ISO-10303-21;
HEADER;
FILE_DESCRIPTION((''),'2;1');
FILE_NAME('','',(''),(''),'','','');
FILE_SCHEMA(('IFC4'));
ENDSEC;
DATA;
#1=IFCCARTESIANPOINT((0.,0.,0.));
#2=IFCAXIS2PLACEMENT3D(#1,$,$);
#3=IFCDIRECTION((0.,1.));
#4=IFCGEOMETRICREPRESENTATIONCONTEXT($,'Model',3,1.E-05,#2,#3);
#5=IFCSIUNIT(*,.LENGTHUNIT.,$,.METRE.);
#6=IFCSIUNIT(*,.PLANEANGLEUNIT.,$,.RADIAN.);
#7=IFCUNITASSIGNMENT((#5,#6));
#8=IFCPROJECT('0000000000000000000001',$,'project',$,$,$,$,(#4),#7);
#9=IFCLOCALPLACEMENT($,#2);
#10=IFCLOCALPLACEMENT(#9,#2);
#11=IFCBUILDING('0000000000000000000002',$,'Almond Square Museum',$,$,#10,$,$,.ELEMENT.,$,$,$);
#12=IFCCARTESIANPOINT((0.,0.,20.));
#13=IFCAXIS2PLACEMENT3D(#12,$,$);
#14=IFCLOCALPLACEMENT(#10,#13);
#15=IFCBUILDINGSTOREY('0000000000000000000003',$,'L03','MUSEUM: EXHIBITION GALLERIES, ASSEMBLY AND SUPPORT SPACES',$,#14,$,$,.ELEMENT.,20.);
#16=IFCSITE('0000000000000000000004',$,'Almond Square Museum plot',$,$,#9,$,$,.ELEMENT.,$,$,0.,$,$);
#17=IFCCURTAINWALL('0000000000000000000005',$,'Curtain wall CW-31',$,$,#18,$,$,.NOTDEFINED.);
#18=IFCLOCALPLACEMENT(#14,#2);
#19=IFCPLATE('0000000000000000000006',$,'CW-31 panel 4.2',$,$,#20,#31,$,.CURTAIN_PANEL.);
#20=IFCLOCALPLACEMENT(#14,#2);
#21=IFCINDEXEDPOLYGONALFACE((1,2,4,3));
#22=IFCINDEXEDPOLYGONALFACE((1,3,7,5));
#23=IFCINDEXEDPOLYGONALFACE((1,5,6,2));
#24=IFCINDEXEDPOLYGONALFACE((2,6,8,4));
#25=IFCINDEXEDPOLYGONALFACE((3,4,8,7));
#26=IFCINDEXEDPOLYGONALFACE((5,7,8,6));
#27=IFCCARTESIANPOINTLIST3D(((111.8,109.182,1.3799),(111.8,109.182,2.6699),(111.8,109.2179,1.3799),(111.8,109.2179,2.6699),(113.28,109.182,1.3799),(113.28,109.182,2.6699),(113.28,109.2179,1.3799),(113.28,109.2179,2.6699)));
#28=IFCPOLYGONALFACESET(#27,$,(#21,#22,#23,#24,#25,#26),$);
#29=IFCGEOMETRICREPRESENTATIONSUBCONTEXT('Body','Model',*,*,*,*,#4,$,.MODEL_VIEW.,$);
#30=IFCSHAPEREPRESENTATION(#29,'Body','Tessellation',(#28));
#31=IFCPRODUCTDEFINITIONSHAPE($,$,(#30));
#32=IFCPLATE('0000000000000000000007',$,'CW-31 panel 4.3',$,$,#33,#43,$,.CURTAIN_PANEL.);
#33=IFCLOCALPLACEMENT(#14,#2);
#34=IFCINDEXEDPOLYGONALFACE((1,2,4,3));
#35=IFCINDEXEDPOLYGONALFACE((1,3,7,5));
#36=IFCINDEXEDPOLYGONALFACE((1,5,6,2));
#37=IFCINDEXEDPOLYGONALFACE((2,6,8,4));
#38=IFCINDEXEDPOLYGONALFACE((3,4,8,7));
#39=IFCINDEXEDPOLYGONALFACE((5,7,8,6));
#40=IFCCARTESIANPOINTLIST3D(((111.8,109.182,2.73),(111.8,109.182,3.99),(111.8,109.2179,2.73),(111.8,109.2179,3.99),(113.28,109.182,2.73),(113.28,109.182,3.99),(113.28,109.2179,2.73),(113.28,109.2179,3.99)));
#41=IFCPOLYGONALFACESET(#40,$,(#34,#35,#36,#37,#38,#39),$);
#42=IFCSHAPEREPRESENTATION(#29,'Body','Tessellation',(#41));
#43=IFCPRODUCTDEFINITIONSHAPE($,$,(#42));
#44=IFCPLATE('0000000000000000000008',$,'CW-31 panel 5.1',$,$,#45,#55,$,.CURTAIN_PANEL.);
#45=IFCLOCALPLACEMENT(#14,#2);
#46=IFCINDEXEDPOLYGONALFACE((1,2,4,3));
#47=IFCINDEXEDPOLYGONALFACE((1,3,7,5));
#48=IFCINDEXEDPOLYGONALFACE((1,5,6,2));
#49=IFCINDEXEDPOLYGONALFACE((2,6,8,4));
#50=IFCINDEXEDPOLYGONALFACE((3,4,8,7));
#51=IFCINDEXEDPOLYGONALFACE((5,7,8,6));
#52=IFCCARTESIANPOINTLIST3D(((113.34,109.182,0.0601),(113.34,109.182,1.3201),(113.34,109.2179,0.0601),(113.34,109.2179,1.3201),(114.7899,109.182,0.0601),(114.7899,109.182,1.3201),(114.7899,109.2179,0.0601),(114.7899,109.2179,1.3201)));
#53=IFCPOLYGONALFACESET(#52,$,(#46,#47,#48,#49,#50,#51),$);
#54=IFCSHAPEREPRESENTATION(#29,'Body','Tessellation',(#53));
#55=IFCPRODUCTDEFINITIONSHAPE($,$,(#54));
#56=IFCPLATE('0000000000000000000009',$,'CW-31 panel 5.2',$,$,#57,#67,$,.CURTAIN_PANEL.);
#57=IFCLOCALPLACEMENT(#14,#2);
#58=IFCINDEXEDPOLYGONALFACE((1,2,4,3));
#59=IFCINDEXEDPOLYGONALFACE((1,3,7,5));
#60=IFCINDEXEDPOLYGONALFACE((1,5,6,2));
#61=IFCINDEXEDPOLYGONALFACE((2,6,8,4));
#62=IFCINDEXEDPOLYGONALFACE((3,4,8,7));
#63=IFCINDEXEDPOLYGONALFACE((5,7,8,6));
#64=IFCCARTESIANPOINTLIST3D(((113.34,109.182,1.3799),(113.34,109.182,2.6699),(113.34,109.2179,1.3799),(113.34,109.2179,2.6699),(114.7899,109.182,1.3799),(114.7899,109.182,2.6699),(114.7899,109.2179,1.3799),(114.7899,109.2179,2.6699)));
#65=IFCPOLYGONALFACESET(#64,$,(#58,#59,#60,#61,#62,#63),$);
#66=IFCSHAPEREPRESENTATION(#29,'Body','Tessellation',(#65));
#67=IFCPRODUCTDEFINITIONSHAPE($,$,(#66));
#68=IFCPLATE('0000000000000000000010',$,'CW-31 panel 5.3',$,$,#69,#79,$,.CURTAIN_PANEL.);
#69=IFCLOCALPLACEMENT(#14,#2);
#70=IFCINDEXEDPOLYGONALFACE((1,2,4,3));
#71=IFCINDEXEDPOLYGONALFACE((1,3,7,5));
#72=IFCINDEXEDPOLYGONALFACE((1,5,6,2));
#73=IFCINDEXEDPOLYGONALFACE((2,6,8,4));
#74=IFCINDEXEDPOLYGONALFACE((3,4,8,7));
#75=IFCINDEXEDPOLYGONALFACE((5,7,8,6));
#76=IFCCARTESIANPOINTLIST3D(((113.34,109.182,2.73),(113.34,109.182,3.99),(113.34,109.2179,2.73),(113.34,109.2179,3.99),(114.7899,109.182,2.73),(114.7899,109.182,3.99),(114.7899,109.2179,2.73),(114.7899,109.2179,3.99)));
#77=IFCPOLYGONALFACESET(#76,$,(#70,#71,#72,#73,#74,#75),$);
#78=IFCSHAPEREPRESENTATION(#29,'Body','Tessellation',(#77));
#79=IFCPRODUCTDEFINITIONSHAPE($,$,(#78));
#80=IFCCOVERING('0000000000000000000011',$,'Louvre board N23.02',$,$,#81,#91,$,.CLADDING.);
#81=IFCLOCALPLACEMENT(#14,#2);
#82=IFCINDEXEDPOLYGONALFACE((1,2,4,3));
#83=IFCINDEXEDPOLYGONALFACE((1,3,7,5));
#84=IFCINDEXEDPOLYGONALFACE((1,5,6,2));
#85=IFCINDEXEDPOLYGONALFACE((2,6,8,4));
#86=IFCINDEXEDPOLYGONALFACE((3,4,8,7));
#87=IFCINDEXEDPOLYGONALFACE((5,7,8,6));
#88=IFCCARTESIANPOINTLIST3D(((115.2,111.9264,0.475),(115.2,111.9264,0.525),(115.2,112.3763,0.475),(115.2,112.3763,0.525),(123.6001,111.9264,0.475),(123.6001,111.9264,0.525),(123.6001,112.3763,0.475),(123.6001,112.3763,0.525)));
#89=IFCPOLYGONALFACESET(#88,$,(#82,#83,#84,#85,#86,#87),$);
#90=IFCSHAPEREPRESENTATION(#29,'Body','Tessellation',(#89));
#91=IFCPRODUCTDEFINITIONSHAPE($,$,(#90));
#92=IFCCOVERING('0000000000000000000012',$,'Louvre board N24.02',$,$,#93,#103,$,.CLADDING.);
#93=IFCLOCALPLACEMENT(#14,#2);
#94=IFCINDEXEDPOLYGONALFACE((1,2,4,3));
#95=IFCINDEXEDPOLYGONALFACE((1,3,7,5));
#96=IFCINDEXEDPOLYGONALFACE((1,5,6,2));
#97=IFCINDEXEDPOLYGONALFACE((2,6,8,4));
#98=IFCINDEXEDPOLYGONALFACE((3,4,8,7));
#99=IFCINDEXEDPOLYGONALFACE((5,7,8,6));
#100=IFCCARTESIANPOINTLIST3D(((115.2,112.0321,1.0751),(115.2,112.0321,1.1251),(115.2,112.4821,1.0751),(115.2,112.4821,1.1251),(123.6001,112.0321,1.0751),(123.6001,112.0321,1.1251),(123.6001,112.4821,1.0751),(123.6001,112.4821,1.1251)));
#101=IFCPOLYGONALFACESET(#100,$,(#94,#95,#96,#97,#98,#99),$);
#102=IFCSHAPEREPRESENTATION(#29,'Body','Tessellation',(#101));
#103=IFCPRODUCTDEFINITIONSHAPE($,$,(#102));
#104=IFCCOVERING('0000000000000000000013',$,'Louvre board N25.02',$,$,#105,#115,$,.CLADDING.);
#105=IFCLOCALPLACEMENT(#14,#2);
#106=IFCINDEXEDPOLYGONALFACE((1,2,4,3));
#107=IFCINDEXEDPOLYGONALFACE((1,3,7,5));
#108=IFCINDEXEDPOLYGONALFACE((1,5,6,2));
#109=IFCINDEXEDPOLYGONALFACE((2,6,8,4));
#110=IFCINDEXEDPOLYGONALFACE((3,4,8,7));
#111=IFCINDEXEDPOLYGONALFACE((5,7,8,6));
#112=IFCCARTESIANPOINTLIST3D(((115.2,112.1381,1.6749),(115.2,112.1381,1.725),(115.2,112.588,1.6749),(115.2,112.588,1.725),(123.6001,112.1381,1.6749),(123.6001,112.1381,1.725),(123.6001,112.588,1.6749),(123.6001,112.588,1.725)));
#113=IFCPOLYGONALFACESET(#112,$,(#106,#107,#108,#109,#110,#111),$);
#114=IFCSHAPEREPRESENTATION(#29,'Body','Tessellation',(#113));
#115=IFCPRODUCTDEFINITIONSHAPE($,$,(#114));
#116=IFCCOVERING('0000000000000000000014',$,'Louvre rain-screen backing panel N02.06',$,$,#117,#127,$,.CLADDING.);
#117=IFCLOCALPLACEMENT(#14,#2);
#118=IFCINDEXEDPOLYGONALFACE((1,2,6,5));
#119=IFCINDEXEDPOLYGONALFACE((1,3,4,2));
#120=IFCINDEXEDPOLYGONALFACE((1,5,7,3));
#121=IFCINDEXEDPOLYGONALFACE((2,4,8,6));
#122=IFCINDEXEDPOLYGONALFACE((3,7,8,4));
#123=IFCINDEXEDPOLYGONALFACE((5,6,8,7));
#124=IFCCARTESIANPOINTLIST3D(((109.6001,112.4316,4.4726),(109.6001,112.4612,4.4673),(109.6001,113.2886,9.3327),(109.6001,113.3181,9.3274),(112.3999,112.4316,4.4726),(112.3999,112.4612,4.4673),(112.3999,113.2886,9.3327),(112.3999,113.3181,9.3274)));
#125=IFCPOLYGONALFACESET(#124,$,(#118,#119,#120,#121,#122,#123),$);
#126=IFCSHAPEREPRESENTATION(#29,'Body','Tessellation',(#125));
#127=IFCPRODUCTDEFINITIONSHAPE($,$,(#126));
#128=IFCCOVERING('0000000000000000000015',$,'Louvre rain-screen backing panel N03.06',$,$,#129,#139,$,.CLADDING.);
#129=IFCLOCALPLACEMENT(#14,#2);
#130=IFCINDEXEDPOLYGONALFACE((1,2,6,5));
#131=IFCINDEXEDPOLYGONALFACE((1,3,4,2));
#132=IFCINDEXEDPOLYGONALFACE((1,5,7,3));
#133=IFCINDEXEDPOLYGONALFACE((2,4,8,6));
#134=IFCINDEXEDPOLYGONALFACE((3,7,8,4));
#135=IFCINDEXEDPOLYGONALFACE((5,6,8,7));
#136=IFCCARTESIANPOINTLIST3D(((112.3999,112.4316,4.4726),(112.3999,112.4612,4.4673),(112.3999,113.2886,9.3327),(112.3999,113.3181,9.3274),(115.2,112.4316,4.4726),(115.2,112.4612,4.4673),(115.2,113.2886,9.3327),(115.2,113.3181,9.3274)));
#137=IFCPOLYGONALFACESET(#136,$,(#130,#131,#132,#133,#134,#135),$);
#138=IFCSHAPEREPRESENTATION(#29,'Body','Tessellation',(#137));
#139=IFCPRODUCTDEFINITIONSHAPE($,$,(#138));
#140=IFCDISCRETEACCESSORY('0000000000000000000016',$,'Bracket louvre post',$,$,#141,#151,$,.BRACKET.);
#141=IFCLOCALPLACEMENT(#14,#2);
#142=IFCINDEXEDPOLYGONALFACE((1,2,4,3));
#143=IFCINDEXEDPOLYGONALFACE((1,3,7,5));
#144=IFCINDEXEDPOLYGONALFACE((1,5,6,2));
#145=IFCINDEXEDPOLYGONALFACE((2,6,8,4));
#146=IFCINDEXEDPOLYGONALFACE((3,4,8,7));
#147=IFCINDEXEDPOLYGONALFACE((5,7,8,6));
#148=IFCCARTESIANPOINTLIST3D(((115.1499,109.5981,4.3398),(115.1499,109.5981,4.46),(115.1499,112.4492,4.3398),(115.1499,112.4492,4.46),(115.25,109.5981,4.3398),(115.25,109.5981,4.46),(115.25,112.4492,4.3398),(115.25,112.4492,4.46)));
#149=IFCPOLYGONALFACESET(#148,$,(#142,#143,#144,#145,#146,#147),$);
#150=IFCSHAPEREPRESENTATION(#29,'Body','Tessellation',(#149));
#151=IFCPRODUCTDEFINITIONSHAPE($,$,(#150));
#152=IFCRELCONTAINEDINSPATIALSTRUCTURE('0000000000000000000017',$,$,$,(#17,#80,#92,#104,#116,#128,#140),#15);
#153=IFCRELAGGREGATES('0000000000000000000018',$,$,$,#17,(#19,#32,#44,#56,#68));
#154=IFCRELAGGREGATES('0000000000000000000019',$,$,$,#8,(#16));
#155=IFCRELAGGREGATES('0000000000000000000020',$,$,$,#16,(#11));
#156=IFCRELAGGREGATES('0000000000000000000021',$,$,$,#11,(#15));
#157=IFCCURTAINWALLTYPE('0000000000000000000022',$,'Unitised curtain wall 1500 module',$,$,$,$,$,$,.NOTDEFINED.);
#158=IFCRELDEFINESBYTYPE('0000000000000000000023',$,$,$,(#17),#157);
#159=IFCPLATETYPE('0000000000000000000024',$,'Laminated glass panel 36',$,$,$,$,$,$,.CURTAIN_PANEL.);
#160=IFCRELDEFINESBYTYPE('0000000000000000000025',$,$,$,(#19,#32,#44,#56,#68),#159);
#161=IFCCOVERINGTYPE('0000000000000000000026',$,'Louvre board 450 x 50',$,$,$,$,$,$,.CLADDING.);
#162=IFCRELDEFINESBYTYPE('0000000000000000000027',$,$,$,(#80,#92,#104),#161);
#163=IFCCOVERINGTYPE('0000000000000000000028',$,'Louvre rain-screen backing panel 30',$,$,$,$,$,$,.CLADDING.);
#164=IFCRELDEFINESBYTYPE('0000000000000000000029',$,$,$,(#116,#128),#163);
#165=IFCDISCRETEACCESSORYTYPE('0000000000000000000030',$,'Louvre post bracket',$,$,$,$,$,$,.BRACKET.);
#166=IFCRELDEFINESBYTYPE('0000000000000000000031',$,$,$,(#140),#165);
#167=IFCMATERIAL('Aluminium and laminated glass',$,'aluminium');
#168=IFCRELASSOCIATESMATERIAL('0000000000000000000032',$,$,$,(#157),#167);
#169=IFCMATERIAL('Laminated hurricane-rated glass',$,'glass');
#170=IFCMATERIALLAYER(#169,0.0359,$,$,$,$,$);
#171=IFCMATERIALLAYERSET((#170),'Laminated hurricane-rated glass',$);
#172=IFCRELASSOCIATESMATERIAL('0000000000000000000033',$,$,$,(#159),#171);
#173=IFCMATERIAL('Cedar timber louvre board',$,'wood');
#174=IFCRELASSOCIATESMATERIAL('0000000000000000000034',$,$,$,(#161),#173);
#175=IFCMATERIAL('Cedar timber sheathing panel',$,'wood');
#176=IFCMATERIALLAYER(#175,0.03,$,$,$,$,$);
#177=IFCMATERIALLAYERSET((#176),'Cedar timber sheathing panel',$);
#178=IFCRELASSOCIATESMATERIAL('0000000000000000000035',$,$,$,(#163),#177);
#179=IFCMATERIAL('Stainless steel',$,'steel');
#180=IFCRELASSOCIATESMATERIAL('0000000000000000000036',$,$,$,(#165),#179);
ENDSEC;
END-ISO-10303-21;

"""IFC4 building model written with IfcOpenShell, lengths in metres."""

from ifc_helpers import new_model, si_unit, direction, frame, origin, origin_2d, place, context, subcontext, project, spatial, polyline, rectangle, outline, extrude, material, layer, layer_set, material_profile, profile_set, type_object, element, aggregate, save


model = new_model("IFC4")

# Units and contexts
model_context = context("Model", 3, precision=1e-05, world=origin(), true_north=direction((0.0, 1.0)))
body_context = subcontext(model_context, "Body", "Model", "MODEL_VIEW")
ifc_project = project(units=[si_unit("LENGTHUNIT", "METRE"), si_unit("PLANEANGLEUNIT", "RADIAN")], contexts=[model_context])

# Site, building, storey
site_placement = place(None, origin())
site = spatial("IfcSite", under=ifc_project, at=site_placement, Name="Almond Square Museum plot", CompositionType="ELEMENT", RefElevation=0.0)
building_placement = place(site_placement, origin())
building = spatial("IfcBuilding", under=site, at=building_placement, Name="Almond Square Museum", CompositionType="ELEMENT")
storey_placement = place(building_placement, frame((0.0, 0.0, 20.0)))
storey = spatial("IfcBuildingStorey", under=building, at=storey_placement, Name="L03", Description="MUSEUM: EXHIBITION GALLERIES, ASSEMBLY AND SUPPORT SPACES", CompositionType="ELEMENT", Elevation=20.0)

# Curtain wall, plates
ifc_material_1 = material(Name="Aluminium and laminated glass", Category="aluminium")
curtain_wall_type = type_object("IfcCurtainWallType", Name="Unitised curtain wall 1500 module", PredefinedType="NOTDEFINED", material=ifc_material_1)
curtain_wall_placement = place(storey_placement, origin())
curtain_wall = element("IfcCurtainWall", 1, at=curtain_wall_placement, inside=storey, type_object=curtain_wall_type, Name="Curtain wall CW-31", PredefinedType="NOTDEFINED")
ifc_material_2 = material(Name="Laminated hurricane-rated glass", Category="glass")
ifc_layer_1 = layer(ifc_material_2, 0.0359)
ifc_layer_set_1 = layer_set([ifc_layer_1], Name="Laminated hurricane-rated glass")
plate_type = type_object("IfcPlateType", Name="Laminated glass panel 36", PredefinedType="CURTAIN_PANEL", material=ifc_layer_set_1)
plate_1_placement = place(storey_placement, frame((112.54, 109.2, 1.3799), z_axis=(0.0, 0.0, 1.0), x_axis=(1.0, 0.0, 0.0)))
plate_1 = element("IfcPlate", 2, at=plate_1_placement, type_object=plate_type, Name="CW-31 panel 4.2", PredefinedType="CURTAIN_PANEL", context=body_context, shape_type="SweptSolid", body=[
    extrude(rectangle(XDim=1.48, YDim=0.0359, at=origin_2d()), origin(), (0.0, 0.0, 1.0), 1.29),
])
plate_2_placement = place(storey_placement, frame((112.54, 109.2, 2.73), z_axis=(0.0, 0.0, 1.0), x_axis=(1.0, 0.0, 0.0)))
plate_2 = element("IfcPlate", 3, at=plate_2_placement, type_object=plate_type, Name="CW-31 panel 4.3", PredefinedType="CURTAIN_PANEL", context=body_context, shape_type="SweptSolid", body=[
    extrude(rectangle(XDim=1.48, YDim=0.0359, at=origin_2d()), origin(), (0.0, 0.0, 1.0), 1.26),
])
plate_3_placement = place(storey_placement, frame((114.0649, 109.2, 0.0601), z_axis=(0.0, 0.0, 1.0), x_axis=(1.0, 0.0, 0.0)))
plate_3 = element("IfcPlate", 4, at=plate_3_placement, type_object=plate_type, Name="CW-31 panel 5.1", PredefinedType="CURTAIN_PANEL", context=body_context, shape_type="SweptSolid", body=[
    extrude(rectangle(XDim=1.45, YDim=0.0359, at=origin_2d()), origin(), (0.0, 0.0, 1.0), 1.26),
])
plate_4_placement = place(storey_placement, frame((114.0649, 109.2, 1.3799), z_axis=(0.0, 0.0, 1.0), x_axis=(1.0, 0.0, 0.0)))
plate_4 = element("IfcPlate", 5, at=plate_4_placement, type_object=plate_type, Name="CW-31 panel 5.2", PredefinedType="CURTAIN_PANEL", context=body_context, shape_type="SweptSolid", body=[
    extrude(rectangle(XDim=1.45, YDim=0.0359, at=origin_2d()), origin(), (0.0, 0.0, 1.0), 1.29),
])
plate_5_placement = place(storey_placement, frame((114.0649, 109.2, 2.73), z_axis=(0.0, 0.0, 1.0), x_axis=(1.0, 0.0, 0.0)))
plate_5 = element("IfcPlate", 6, at=plate_5_placement, type_object=plate_type, Name="CW-31 panel 5.3", PredefinedType="CURTAIN_PANEL", context=body_context, shape_type="SweptSolid", body=[
    extrude(rectangle(XDim=1.45, YDim=0.0359, at=origin_2d()), origin(), (0.0, 0.0, 1.0), 1.26),
])
aggregate(curtain_wall, [plate_1, plate_2, plate_3, plate_4, plate_5])

# Coverings
ifc_material_3 = material(Name="Cedar timber louvre board", Category="wood")
ifc_material_profile_1 = material_profile(ifc_material_3, rectangle(XDim=0.45, YDim=0.05, at=origin_2d()))
ifc_profile_set_1 = profile_set([ifc_material_profile_1], Name="Cedar timber louvre board")
covering_type_1 = type_object("IfcCoveringType", Name="Louvre board 450 x 50", PredefinedType="CLADDING", material=ifc_profile_set_1)
for number, where, z_axis, x_axis, name in (
    (7, (115.2, 112.1514, 0.5), (1.0, 0.0, 0.0), (0.0, 1.0, 0.0), "Louvre board N23.02"),
    (8, (115.2, 112.2571, 1.1001), (1.0, 0.0, 0.0), (0.0, 1.0, 0.0), "Louvre board N24.02"),
    (9, (115.2, 112.363, 1.7), (1.0, 0.0, 0.0), (0.0, 1.0, 0.0), "Louvre board N25.02"),
):
    element("IfcCovering", number, at=place(storey_placement, frame(where, z_axis=z_axis, x_axis=x_axis)), inside=storey, type_object=covering_type_1, Name=name, PredefinedType="CLADDING", context=body_context, shape_type="SweptSolid", body=[
        extrude(rectangle(XDim=0.45, YDim=0.05, at=origin_2d()), origin(), (0.0, 0.0, 1.0), 8.4001),
    ])
ifc_material_4 = material(Name="Cedar timber sheathing panel", Category="wood")
ifc_layer_2 = layer(ifc_material_4, 0.03)
ifc_layer_set_2 = layer_set([ifc_layer_2], Name="Cedar timber sheathing panel")
covering_type_2 = type_object("IfcCoveringType", Name="Louvre rain-screen backing panel 30", PredefinedType="CLADDING", material=ifc_layer_set_2)
covering_1_placement = place(storey_placement, frame((109.6001, 112.4463, 4.47), z_axis=(0.0, -0.984809, 0.173641), x_axis=(1.0, 0.0, 0.0)))
element("IfcCovering", 10, at=covering_1_placement, inside=storey, type_object=covering_type_2, Name="Louvre rain-screen backing panel N02.06", PredefinedType="CLADDING", context=body_context, shape_type="SweptSolid", body=[
    extrude(outline(polyline([(0.0, 0.0), (2.7998, 0.0), (2.7998, 4.9351), (0.0, 4.9351), (0.0, 0.0)])), frame((0.0, 0.0, -0.0151)), (0.0, 0.0, 1.0), 0.03),
])
covering_2_placement = place(storey_placement, frame((112.3999, 112.4463, 4.47), z_axis=(0.0, -0.984809, 0.173641), x_axis=(1.0, 0.0, 0.0)))
element("IfcCovering", 11, at=covering_2_placement, inside=storey, type_object=covering_type_2, Name="Louvre rain-screen backing panel N03.06", PredefinedType="CLADDING", context=body_context, shape_type="SweptSolid", body=[
    extrude(outline(polyline([(0.0, 0.0), (2.8, 0.0), (2.8, 4.9351), (0.0, 4.9351), (0.0, 0.0)])), frame((0.0, 0.0, -0.0151)), (0.0, 0.0, 1.0), 0.03),
])

# Discrete accessory
ifc_material_5 = material(Name="Stainless steel", Category="steel")
discrete_accessory_type = type_object("IfcDiscreteAccessoryType", Name="Louvre post bracket", PredefinedType="BRACKET", material=ifc_material_5)
discrete_accessory_placement = place(storey_placement, frame((115.2, 111.0237, 4.3398), z_axis=(0.0, 0.0, 1.0), x_axis=(1.0, 0.0, 0.0)))
element("IfcDiscreteAccessory", 12, at=discrete_accessory_placement, inside=storey, type_object=discrete_accessory_type, Name="Bracket louvre post", PredefinedType="BRACKET", context=body_context, shape_type="SweptSolid", body=[
    extrude(rectangle(XDim=0.1001, YDim=2.8511, at=origin_2d()), origin(), (0.0, 0.0, 1.0), 0.1201),
])

save(model, "model.ifc")
